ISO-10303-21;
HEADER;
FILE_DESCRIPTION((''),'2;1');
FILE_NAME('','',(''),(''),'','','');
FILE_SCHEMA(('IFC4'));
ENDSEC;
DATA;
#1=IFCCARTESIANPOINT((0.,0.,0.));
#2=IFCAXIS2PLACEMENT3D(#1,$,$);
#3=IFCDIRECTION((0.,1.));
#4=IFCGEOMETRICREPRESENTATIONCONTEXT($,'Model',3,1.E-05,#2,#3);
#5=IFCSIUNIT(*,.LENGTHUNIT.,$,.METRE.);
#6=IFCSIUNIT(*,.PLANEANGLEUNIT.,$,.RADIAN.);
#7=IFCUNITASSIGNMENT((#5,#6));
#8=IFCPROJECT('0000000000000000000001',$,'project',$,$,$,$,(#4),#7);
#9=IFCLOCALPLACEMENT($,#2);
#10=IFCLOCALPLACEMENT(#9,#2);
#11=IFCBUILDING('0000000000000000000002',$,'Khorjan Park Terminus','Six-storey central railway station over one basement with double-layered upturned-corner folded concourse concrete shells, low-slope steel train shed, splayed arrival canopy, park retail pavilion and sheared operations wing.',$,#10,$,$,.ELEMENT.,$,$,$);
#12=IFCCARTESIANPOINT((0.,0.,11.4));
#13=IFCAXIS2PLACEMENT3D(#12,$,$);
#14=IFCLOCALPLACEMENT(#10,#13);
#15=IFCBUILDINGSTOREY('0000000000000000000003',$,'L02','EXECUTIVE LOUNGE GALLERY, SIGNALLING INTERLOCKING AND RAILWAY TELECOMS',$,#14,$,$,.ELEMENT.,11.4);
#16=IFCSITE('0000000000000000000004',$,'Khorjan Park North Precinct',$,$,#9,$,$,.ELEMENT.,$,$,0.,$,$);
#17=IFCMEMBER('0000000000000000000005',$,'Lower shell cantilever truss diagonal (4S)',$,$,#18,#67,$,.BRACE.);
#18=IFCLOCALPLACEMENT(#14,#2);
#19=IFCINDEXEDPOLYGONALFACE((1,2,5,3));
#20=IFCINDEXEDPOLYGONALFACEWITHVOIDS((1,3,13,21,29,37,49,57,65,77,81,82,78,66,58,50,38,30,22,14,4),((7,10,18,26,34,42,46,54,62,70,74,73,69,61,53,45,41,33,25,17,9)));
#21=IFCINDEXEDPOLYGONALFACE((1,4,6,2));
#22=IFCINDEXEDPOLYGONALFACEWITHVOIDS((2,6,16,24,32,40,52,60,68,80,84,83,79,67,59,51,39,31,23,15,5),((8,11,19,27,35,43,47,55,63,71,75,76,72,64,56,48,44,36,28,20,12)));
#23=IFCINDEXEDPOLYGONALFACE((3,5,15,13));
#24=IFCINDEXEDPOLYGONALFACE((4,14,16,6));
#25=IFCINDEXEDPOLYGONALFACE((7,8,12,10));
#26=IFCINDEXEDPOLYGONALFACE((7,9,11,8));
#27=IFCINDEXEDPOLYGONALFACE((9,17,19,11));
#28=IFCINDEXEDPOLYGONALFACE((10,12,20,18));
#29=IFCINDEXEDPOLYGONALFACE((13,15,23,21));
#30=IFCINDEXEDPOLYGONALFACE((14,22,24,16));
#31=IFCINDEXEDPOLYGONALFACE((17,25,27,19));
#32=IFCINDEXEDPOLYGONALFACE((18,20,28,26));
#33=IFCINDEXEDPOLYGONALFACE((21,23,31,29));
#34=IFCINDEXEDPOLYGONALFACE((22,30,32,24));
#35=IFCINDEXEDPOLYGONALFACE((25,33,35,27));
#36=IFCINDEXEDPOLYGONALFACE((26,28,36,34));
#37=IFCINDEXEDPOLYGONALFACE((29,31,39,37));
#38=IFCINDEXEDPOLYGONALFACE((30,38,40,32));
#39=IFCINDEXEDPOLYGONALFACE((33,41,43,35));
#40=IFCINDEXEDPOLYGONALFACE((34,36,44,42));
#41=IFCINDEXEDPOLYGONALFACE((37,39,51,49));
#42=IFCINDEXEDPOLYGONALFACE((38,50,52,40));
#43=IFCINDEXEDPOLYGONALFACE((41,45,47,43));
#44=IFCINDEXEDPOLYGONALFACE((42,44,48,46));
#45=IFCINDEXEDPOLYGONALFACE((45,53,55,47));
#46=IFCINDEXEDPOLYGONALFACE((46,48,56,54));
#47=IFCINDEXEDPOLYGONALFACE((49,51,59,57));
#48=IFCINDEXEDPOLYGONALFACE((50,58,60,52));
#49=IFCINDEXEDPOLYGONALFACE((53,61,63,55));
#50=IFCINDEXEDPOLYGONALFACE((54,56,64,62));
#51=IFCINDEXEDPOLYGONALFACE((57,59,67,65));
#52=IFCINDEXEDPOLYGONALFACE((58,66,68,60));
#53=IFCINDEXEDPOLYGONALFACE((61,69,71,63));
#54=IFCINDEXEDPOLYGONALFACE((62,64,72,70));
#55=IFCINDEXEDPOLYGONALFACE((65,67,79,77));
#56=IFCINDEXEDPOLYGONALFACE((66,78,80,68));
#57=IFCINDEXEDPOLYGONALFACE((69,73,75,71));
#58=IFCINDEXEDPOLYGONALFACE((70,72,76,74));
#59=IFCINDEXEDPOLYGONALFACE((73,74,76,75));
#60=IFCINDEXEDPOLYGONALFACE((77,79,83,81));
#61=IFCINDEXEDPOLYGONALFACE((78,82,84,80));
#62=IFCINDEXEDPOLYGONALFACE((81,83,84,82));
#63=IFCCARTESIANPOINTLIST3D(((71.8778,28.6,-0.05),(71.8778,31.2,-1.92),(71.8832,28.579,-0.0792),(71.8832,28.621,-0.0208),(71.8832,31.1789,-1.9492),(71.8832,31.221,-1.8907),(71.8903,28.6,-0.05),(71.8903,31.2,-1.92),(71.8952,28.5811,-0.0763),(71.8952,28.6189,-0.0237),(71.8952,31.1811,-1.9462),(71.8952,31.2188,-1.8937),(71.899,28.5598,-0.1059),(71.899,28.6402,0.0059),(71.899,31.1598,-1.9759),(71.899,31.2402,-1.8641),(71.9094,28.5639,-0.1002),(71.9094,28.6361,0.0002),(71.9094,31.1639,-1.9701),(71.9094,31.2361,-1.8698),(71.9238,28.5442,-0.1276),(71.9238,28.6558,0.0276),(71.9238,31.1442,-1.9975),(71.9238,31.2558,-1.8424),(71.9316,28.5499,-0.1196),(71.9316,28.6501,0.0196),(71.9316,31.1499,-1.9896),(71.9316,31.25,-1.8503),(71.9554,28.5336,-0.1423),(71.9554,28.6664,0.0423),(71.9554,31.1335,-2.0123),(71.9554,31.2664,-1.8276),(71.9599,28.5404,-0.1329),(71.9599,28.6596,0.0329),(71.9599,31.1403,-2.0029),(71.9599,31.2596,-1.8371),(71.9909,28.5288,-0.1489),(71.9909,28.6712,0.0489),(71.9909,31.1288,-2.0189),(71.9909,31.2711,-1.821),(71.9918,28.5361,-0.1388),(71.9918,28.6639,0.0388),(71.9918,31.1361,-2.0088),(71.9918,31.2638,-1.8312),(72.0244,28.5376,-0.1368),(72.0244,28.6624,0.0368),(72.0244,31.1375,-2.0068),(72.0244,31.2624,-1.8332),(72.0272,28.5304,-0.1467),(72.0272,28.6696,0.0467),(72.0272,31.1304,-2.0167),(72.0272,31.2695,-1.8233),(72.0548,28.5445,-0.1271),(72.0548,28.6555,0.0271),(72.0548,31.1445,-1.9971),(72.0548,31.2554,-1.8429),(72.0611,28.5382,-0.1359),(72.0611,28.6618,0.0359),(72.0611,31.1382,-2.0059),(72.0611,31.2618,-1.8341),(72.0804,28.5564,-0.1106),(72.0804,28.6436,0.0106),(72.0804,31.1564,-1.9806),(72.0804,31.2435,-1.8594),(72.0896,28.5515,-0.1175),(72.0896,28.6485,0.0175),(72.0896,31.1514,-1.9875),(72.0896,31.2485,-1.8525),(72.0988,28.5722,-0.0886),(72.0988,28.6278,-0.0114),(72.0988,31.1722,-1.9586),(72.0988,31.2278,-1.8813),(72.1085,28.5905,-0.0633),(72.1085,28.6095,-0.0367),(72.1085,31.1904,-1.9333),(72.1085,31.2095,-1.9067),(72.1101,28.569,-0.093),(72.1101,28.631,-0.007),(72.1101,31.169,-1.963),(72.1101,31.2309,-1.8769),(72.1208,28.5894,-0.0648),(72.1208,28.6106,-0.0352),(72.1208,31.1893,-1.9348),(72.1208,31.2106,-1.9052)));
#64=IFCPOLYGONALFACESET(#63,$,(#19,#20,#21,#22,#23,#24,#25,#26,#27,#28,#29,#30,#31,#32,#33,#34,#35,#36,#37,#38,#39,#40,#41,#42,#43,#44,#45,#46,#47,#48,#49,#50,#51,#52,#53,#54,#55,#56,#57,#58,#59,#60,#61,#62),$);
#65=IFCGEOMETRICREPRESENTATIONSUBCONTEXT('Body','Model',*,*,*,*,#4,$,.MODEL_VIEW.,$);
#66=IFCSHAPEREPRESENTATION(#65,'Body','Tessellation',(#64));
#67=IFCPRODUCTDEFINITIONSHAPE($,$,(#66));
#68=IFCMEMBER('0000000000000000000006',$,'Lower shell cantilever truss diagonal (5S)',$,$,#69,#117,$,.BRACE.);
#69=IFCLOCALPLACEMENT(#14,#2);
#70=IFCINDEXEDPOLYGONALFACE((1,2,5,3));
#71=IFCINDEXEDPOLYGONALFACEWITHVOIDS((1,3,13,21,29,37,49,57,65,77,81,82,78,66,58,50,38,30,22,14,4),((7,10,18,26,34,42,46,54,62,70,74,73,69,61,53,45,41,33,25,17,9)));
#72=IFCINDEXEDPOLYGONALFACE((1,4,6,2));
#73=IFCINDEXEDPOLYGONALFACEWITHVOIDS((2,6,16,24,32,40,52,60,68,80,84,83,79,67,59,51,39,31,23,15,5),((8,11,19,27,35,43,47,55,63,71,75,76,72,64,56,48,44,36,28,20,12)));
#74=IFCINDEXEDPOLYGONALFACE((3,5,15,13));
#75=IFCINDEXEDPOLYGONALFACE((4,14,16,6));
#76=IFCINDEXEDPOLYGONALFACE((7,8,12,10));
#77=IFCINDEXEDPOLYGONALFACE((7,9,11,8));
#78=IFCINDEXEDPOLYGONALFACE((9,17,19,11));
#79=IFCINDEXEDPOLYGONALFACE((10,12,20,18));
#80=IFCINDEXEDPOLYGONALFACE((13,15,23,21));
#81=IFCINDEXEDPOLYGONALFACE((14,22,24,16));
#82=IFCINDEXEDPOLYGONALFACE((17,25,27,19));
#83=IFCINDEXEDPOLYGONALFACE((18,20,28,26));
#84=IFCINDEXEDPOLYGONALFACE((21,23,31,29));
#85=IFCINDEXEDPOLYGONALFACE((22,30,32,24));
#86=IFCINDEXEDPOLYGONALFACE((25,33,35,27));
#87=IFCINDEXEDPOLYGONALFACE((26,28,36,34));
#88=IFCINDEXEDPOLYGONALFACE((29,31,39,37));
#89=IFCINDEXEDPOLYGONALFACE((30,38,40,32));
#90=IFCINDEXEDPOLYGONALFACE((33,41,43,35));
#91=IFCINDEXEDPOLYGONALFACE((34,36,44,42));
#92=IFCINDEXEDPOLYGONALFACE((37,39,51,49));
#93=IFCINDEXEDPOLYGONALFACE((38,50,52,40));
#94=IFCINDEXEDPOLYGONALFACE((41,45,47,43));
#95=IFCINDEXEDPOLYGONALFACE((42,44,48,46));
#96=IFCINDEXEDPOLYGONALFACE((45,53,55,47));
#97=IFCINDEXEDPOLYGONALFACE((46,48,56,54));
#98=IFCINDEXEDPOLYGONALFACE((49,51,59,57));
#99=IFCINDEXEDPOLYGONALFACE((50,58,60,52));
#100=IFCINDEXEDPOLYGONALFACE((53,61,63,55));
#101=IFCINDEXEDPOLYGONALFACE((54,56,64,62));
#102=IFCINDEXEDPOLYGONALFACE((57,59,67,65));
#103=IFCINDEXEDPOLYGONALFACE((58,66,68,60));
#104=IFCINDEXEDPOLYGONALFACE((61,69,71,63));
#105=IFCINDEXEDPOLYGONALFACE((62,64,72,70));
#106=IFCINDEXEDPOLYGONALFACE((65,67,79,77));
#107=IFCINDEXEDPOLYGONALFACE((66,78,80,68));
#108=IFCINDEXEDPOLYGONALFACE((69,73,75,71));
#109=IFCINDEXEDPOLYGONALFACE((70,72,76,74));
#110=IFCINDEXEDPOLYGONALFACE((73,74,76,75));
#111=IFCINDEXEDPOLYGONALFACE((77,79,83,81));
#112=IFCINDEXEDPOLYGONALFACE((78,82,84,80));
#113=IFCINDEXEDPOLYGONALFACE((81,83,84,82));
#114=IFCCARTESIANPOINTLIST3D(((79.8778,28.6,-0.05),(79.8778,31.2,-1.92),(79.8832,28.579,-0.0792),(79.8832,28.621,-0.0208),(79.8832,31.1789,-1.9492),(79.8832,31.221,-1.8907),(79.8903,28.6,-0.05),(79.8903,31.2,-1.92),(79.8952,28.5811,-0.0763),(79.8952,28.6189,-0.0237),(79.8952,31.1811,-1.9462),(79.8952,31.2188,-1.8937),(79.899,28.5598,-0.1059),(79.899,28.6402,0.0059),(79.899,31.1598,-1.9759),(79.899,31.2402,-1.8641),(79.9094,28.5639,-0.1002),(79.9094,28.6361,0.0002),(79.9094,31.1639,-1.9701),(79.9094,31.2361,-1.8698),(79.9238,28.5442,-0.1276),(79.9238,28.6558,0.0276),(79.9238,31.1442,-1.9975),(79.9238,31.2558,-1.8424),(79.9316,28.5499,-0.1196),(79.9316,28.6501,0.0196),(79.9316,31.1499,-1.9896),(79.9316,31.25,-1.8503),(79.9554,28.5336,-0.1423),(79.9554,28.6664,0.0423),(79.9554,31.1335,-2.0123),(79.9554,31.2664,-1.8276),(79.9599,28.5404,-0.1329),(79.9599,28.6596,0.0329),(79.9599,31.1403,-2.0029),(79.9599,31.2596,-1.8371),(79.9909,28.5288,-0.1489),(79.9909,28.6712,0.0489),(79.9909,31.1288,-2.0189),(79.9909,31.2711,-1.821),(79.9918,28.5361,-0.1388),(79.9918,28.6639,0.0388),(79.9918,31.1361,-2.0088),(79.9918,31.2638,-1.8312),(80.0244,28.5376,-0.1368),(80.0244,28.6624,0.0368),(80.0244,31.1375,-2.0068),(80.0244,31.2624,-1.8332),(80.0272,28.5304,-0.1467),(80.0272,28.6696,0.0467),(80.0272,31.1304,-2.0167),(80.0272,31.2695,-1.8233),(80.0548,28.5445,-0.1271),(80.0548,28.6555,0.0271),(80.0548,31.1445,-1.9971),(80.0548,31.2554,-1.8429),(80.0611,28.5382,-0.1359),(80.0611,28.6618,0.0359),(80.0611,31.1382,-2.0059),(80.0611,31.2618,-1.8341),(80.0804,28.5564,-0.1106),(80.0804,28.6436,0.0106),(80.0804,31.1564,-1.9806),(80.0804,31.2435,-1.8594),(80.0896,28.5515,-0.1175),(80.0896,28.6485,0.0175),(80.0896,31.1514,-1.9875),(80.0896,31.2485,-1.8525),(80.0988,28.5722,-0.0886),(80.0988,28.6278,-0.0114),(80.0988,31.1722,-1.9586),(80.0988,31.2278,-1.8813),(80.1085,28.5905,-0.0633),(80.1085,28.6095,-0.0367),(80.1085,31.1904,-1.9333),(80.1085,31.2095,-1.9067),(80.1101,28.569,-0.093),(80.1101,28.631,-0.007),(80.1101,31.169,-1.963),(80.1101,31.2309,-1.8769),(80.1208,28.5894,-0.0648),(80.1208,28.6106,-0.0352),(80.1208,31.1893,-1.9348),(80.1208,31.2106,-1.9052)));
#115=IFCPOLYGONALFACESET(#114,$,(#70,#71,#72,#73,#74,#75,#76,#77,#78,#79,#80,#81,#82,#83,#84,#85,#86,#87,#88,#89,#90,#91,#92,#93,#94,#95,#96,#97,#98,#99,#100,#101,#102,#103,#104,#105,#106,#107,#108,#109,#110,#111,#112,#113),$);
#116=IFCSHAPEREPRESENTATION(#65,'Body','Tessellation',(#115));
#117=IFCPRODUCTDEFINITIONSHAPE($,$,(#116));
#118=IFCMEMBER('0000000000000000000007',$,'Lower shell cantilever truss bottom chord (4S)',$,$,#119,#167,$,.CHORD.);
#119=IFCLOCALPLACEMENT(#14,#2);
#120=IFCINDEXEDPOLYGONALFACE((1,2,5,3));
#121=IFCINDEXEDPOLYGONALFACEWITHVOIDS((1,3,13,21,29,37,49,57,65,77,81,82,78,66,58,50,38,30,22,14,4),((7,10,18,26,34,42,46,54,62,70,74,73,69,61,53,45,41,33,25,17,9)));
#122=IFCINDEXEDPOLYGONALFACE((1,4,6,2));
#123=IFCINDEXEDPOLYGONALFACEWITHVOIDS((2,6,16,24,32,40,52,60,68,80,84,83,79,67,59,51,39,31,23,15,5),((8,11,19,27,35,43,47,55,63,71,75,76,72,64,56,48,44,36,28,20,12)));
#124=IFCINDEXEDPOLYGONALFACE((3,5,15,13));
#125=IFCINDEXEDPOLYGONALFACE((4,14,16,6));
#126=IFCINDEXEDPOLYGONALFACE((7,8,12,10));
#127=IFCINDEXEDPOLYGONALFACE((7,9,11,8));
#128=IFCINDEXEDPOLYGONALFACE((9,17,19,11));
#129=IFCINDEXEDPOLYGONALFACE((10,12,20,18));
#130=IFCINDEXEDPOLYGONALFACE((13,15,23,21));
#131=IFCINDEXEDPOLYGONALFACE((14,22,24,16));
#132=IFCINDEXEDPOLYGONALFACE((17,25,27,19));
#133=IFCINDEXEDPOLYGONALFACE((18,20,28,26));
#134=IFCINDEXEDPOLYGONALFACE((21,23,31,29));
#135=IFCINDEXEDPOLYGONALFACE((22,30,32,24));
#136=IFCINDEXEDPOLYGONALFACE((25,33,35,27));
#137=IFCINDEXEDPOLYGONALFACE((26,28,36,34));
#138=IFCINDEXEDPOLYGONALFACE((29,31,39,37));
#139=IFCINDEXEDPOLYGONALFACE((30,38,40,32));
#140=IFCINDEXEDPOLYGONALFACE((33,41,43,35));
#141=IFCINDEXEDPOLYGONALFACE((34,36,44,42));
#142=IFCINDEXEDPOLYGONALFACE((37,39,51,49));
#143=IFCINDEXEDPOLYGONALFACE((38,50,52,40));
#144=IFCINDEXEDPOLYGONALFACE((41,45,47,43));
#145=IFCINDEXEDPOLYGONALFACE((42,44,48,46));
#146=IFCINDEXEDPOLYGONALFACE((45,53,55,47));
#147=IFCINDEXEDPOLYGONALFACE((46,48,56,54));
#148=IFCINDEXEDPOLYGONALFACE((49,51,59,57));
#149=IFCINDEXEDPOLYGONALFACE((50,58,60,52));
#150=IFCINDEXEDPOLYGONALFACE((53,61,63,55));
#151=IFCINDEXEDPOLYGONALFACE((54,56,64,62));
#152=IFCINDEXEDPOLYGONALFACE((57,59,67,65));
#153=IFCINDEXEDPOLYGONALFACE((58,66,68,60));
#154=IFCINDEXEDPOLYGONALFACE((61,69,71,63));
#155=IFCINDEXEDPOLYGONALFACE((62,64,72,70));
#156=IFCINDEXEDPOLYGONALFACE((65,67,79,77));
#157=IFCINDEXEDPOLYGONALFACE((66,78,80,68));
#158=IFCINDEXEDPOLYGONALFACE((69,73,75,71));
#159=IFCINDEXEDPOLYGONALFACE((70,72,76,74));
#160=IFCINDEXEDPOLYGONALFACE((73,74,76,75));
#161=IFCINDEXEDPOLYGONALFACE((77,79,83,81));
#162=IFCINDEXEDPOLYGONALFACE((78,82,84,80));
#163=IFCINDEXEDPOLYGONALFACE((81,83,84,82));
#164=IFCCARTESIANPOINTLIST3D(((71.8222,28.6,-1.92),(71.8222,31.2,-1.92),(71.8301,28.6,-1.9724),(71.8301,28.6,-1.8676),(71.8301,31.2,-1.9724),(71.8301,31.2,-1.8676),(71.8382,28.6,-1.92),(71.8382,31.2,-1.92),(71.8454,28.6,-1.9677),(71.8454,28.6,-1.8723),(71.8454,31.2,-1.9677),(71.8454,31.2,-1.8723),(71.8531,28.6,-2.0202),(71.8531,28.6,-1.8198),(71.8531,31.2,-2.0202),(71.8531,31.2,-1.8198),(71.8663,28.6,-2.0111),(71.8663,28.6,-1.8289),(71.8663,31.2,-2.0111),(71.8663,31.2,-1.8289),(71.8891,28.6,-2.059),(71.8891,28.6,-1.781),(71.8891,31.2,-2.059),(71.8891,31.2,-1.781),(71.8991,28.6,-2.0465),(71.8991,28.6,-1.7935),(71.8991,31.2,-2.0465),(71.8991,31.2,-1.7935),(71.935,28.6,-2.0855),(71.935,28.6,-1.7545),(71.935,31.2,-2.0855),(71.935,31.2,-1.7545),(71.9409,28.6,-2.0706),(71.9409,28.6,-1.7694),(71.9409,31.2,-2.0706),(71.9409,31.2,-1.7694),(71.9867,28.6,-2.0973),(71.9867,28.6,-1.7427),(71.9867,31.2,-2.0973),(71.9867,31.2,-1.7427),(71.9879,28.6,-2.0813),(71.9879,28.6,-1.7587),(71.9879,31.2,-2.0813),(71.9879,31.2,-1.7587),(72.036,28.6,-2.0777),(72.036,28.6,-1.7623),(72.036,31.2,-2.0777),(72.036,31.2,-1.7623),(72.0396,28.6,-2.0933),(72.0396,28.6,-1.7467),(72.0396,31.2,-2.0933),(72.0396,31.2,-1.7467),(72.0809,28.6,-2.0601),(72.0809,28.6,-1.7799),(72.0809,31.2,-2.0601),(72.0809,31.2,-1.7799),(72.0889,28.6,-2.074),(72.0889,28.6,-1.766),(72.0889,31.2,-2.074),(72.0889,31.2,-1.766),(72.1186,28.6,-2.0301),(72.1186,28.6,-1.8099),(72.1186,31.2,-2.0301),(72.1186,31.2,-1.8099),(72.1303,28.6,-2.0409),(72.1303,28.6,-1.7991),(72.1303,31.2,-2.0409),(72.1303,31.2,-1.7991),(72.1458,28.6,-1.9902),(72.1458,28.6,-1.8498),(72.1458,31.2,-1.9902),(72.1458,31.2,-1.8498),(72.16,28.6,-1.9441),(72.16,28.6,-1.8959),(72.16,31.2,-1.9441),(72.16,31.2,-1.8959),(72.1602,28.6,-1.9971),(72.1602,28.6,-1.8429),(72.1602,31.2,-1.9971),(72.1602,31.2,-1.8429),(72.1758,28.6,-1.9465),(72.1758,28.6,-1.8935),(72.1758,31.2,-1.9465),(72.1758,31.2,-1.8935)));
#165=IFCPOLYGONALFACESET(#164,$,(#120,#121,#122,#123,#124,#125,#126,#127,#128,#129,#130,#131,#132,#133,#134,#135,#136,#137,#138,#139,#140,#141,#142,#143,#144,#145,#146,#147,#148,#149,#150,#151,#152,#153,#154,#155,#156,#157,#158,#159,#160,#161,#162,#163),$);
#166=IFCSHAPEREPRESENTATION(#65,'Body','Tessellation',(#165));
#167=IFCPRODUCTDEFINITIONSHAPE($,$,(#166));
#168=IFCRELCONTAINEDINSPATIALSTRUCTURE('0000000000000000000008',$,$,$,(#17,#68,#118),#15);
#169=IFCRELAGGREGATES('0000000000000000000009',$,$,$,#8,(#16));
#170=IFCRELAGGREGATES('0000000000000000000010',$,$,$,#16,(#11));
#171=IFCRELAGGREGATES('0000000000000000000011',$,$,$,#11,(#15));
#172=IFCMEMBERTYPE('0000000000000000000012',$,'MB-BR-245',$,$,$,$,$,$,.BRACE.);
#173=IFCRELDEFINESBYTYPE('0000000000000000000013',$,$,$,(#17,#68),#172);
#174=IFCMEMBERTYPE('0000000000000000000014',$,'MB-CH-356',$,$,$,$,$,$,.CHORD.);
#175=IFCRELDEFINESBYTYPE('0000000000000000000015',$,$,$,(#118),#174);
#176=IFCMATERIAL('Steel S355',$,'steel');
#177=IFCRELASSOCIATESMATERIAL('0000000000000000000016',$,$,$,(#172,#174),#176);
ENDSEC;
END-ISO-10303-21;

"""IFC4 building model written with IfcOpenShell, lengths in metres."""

from ifc_helpers import new_model, si_unit, direction, frame, origin, origin_2d, place, context, subcontext, project, spatial, hollow_circle, extrude, material, material_profile, profile_set, type_object, element, save


model = new_model("IFC4")

# Units and contexts
model_context = context("Model", 3, precision=1e-05, world=origin(), true_north=direction((0.0, 1.0)))
body_context = subcontext(model_context, "Body", "Model", "MODEL_VIEW")
ifc_project = project(units=[si_unit("LENGTHUNIT", "METRE"), si_unit("PLANEANGLEUNIT", "RADIAN")], contexts=[model_context])

# Site, building, storey
site_placement = place(None, origin())
site = spatial("IfcSite", under=ifc_project, at=site_placement, Name="Khorjan Park North Precinct", CompositionType="ELEMENT", RefElevation=0.0)
building_placement = place(site_placement, origin())
building = spatial("IfcBuilding", under=site, at=building_placement, Name="Khorjan Park Terminus", Description="Six-storey central railway station over one basement with double-layered upturned-corner folded concourse concrete shells, low-slope steel train shed, splayed arrival canopy, park retail pavilion and sheared operations wing.", CompositionType="ELEMENT")
storey_placement = place(building_placement, frame((0.0, 0.0, 11.4)))
storey = spatial("IfcBuildingStorey", under=building, at=storey_placement, Name="L02", Description="EXECUTIVE LOUNGE GALLERY, SIGNALLING INTERLOCKING AND RAILWAY TELECOMS", CompositionType="ELEMENT", Elevation=11.4)

# Members
ifc_material_1 = material(Name="Steel S355", Category="steel")
ifc_material_profile_1 = material_profile(ifc_material_1, hollow_circle(Radius=0.1222, WallThickness=0.0125, at=origin_2d()), Name="CHS 244.5x12.5")
ifc_profile_set_1 = profile_set([ifc_material_profile_1], Name="Steel S355")
member_type_1 = type_object("IfcMemberType", Name="MB-BR-245", PredefinedType="BRACE", material=ifc_profile_set_1)
for number, where, z_axis, x_axis, name in (
    (1, (72.0, 28.6, -0.05), (0.0, 0.81183, -0.583893), (-1.0, 0.0, 0.0), "Lower shell cantilever truss diagonal (4S)"),
    (2, (80.0, 28.6, -0.05), (0.0, 0.81183, -0.583893), (-1.0, 0.0, 0.0), "Lower shell cantilever truss diagonal (5S)"),
):
    element("IfcMember", number, at=place(storey_placement, frame(where, z_axis=z_axis, x_axis=x_axis)), inside=storey, type_object=member_type_1, Name=name, PredefinedType="BRACE", context=body_context, shape_type="SweptSolid", body=[
        extrude(hollow_circle(Radius=0.1222, WallThickness=0.0125, at=origin_2d()), origin(), (0.0, 0.0, 1.0), 3.2026),
    ])
ifc_material_profile_2 = material_profile(ifc_material_1, hollow_circle(Radius=0.1778, WallThickness=0.016, at=origin_2d()), Name="CHS 355.6x16")
ifc_profile_set_2 = profile_set([ifc_material_profile_2], Name="Steel S355")
member_type_2 = type_object("IfcMemberType", Name="MB-CH-356", PredefinedType="CHORD", material=ifc_profile_set_2)
for number, where, z_axis, x_axis, name in (
    (3, (72.0, 28.6, -1.92), (0.0, 1.0, 0.0), (-1.0, 0.0, 0.0), "Lower shell cantilever truss bottom chord (4S)"),
):
    element("IfcMember", number, at=place(storey_placement, frame(where, z_axis=z_axis, x_axis=x_axis)), inside=storey, type_object=member_type_2, Name=name, PredefinedType="CHORD", context=body_context, shape_type="SweptSolid", body=[
        extrude(hollow_circle(Radius=0.1778, WallThickness=0.016, at=origin_2d()), origin(), (0.0, 0.0, 1.0), 2.6),
    ])

save(model, "model.ifc")
